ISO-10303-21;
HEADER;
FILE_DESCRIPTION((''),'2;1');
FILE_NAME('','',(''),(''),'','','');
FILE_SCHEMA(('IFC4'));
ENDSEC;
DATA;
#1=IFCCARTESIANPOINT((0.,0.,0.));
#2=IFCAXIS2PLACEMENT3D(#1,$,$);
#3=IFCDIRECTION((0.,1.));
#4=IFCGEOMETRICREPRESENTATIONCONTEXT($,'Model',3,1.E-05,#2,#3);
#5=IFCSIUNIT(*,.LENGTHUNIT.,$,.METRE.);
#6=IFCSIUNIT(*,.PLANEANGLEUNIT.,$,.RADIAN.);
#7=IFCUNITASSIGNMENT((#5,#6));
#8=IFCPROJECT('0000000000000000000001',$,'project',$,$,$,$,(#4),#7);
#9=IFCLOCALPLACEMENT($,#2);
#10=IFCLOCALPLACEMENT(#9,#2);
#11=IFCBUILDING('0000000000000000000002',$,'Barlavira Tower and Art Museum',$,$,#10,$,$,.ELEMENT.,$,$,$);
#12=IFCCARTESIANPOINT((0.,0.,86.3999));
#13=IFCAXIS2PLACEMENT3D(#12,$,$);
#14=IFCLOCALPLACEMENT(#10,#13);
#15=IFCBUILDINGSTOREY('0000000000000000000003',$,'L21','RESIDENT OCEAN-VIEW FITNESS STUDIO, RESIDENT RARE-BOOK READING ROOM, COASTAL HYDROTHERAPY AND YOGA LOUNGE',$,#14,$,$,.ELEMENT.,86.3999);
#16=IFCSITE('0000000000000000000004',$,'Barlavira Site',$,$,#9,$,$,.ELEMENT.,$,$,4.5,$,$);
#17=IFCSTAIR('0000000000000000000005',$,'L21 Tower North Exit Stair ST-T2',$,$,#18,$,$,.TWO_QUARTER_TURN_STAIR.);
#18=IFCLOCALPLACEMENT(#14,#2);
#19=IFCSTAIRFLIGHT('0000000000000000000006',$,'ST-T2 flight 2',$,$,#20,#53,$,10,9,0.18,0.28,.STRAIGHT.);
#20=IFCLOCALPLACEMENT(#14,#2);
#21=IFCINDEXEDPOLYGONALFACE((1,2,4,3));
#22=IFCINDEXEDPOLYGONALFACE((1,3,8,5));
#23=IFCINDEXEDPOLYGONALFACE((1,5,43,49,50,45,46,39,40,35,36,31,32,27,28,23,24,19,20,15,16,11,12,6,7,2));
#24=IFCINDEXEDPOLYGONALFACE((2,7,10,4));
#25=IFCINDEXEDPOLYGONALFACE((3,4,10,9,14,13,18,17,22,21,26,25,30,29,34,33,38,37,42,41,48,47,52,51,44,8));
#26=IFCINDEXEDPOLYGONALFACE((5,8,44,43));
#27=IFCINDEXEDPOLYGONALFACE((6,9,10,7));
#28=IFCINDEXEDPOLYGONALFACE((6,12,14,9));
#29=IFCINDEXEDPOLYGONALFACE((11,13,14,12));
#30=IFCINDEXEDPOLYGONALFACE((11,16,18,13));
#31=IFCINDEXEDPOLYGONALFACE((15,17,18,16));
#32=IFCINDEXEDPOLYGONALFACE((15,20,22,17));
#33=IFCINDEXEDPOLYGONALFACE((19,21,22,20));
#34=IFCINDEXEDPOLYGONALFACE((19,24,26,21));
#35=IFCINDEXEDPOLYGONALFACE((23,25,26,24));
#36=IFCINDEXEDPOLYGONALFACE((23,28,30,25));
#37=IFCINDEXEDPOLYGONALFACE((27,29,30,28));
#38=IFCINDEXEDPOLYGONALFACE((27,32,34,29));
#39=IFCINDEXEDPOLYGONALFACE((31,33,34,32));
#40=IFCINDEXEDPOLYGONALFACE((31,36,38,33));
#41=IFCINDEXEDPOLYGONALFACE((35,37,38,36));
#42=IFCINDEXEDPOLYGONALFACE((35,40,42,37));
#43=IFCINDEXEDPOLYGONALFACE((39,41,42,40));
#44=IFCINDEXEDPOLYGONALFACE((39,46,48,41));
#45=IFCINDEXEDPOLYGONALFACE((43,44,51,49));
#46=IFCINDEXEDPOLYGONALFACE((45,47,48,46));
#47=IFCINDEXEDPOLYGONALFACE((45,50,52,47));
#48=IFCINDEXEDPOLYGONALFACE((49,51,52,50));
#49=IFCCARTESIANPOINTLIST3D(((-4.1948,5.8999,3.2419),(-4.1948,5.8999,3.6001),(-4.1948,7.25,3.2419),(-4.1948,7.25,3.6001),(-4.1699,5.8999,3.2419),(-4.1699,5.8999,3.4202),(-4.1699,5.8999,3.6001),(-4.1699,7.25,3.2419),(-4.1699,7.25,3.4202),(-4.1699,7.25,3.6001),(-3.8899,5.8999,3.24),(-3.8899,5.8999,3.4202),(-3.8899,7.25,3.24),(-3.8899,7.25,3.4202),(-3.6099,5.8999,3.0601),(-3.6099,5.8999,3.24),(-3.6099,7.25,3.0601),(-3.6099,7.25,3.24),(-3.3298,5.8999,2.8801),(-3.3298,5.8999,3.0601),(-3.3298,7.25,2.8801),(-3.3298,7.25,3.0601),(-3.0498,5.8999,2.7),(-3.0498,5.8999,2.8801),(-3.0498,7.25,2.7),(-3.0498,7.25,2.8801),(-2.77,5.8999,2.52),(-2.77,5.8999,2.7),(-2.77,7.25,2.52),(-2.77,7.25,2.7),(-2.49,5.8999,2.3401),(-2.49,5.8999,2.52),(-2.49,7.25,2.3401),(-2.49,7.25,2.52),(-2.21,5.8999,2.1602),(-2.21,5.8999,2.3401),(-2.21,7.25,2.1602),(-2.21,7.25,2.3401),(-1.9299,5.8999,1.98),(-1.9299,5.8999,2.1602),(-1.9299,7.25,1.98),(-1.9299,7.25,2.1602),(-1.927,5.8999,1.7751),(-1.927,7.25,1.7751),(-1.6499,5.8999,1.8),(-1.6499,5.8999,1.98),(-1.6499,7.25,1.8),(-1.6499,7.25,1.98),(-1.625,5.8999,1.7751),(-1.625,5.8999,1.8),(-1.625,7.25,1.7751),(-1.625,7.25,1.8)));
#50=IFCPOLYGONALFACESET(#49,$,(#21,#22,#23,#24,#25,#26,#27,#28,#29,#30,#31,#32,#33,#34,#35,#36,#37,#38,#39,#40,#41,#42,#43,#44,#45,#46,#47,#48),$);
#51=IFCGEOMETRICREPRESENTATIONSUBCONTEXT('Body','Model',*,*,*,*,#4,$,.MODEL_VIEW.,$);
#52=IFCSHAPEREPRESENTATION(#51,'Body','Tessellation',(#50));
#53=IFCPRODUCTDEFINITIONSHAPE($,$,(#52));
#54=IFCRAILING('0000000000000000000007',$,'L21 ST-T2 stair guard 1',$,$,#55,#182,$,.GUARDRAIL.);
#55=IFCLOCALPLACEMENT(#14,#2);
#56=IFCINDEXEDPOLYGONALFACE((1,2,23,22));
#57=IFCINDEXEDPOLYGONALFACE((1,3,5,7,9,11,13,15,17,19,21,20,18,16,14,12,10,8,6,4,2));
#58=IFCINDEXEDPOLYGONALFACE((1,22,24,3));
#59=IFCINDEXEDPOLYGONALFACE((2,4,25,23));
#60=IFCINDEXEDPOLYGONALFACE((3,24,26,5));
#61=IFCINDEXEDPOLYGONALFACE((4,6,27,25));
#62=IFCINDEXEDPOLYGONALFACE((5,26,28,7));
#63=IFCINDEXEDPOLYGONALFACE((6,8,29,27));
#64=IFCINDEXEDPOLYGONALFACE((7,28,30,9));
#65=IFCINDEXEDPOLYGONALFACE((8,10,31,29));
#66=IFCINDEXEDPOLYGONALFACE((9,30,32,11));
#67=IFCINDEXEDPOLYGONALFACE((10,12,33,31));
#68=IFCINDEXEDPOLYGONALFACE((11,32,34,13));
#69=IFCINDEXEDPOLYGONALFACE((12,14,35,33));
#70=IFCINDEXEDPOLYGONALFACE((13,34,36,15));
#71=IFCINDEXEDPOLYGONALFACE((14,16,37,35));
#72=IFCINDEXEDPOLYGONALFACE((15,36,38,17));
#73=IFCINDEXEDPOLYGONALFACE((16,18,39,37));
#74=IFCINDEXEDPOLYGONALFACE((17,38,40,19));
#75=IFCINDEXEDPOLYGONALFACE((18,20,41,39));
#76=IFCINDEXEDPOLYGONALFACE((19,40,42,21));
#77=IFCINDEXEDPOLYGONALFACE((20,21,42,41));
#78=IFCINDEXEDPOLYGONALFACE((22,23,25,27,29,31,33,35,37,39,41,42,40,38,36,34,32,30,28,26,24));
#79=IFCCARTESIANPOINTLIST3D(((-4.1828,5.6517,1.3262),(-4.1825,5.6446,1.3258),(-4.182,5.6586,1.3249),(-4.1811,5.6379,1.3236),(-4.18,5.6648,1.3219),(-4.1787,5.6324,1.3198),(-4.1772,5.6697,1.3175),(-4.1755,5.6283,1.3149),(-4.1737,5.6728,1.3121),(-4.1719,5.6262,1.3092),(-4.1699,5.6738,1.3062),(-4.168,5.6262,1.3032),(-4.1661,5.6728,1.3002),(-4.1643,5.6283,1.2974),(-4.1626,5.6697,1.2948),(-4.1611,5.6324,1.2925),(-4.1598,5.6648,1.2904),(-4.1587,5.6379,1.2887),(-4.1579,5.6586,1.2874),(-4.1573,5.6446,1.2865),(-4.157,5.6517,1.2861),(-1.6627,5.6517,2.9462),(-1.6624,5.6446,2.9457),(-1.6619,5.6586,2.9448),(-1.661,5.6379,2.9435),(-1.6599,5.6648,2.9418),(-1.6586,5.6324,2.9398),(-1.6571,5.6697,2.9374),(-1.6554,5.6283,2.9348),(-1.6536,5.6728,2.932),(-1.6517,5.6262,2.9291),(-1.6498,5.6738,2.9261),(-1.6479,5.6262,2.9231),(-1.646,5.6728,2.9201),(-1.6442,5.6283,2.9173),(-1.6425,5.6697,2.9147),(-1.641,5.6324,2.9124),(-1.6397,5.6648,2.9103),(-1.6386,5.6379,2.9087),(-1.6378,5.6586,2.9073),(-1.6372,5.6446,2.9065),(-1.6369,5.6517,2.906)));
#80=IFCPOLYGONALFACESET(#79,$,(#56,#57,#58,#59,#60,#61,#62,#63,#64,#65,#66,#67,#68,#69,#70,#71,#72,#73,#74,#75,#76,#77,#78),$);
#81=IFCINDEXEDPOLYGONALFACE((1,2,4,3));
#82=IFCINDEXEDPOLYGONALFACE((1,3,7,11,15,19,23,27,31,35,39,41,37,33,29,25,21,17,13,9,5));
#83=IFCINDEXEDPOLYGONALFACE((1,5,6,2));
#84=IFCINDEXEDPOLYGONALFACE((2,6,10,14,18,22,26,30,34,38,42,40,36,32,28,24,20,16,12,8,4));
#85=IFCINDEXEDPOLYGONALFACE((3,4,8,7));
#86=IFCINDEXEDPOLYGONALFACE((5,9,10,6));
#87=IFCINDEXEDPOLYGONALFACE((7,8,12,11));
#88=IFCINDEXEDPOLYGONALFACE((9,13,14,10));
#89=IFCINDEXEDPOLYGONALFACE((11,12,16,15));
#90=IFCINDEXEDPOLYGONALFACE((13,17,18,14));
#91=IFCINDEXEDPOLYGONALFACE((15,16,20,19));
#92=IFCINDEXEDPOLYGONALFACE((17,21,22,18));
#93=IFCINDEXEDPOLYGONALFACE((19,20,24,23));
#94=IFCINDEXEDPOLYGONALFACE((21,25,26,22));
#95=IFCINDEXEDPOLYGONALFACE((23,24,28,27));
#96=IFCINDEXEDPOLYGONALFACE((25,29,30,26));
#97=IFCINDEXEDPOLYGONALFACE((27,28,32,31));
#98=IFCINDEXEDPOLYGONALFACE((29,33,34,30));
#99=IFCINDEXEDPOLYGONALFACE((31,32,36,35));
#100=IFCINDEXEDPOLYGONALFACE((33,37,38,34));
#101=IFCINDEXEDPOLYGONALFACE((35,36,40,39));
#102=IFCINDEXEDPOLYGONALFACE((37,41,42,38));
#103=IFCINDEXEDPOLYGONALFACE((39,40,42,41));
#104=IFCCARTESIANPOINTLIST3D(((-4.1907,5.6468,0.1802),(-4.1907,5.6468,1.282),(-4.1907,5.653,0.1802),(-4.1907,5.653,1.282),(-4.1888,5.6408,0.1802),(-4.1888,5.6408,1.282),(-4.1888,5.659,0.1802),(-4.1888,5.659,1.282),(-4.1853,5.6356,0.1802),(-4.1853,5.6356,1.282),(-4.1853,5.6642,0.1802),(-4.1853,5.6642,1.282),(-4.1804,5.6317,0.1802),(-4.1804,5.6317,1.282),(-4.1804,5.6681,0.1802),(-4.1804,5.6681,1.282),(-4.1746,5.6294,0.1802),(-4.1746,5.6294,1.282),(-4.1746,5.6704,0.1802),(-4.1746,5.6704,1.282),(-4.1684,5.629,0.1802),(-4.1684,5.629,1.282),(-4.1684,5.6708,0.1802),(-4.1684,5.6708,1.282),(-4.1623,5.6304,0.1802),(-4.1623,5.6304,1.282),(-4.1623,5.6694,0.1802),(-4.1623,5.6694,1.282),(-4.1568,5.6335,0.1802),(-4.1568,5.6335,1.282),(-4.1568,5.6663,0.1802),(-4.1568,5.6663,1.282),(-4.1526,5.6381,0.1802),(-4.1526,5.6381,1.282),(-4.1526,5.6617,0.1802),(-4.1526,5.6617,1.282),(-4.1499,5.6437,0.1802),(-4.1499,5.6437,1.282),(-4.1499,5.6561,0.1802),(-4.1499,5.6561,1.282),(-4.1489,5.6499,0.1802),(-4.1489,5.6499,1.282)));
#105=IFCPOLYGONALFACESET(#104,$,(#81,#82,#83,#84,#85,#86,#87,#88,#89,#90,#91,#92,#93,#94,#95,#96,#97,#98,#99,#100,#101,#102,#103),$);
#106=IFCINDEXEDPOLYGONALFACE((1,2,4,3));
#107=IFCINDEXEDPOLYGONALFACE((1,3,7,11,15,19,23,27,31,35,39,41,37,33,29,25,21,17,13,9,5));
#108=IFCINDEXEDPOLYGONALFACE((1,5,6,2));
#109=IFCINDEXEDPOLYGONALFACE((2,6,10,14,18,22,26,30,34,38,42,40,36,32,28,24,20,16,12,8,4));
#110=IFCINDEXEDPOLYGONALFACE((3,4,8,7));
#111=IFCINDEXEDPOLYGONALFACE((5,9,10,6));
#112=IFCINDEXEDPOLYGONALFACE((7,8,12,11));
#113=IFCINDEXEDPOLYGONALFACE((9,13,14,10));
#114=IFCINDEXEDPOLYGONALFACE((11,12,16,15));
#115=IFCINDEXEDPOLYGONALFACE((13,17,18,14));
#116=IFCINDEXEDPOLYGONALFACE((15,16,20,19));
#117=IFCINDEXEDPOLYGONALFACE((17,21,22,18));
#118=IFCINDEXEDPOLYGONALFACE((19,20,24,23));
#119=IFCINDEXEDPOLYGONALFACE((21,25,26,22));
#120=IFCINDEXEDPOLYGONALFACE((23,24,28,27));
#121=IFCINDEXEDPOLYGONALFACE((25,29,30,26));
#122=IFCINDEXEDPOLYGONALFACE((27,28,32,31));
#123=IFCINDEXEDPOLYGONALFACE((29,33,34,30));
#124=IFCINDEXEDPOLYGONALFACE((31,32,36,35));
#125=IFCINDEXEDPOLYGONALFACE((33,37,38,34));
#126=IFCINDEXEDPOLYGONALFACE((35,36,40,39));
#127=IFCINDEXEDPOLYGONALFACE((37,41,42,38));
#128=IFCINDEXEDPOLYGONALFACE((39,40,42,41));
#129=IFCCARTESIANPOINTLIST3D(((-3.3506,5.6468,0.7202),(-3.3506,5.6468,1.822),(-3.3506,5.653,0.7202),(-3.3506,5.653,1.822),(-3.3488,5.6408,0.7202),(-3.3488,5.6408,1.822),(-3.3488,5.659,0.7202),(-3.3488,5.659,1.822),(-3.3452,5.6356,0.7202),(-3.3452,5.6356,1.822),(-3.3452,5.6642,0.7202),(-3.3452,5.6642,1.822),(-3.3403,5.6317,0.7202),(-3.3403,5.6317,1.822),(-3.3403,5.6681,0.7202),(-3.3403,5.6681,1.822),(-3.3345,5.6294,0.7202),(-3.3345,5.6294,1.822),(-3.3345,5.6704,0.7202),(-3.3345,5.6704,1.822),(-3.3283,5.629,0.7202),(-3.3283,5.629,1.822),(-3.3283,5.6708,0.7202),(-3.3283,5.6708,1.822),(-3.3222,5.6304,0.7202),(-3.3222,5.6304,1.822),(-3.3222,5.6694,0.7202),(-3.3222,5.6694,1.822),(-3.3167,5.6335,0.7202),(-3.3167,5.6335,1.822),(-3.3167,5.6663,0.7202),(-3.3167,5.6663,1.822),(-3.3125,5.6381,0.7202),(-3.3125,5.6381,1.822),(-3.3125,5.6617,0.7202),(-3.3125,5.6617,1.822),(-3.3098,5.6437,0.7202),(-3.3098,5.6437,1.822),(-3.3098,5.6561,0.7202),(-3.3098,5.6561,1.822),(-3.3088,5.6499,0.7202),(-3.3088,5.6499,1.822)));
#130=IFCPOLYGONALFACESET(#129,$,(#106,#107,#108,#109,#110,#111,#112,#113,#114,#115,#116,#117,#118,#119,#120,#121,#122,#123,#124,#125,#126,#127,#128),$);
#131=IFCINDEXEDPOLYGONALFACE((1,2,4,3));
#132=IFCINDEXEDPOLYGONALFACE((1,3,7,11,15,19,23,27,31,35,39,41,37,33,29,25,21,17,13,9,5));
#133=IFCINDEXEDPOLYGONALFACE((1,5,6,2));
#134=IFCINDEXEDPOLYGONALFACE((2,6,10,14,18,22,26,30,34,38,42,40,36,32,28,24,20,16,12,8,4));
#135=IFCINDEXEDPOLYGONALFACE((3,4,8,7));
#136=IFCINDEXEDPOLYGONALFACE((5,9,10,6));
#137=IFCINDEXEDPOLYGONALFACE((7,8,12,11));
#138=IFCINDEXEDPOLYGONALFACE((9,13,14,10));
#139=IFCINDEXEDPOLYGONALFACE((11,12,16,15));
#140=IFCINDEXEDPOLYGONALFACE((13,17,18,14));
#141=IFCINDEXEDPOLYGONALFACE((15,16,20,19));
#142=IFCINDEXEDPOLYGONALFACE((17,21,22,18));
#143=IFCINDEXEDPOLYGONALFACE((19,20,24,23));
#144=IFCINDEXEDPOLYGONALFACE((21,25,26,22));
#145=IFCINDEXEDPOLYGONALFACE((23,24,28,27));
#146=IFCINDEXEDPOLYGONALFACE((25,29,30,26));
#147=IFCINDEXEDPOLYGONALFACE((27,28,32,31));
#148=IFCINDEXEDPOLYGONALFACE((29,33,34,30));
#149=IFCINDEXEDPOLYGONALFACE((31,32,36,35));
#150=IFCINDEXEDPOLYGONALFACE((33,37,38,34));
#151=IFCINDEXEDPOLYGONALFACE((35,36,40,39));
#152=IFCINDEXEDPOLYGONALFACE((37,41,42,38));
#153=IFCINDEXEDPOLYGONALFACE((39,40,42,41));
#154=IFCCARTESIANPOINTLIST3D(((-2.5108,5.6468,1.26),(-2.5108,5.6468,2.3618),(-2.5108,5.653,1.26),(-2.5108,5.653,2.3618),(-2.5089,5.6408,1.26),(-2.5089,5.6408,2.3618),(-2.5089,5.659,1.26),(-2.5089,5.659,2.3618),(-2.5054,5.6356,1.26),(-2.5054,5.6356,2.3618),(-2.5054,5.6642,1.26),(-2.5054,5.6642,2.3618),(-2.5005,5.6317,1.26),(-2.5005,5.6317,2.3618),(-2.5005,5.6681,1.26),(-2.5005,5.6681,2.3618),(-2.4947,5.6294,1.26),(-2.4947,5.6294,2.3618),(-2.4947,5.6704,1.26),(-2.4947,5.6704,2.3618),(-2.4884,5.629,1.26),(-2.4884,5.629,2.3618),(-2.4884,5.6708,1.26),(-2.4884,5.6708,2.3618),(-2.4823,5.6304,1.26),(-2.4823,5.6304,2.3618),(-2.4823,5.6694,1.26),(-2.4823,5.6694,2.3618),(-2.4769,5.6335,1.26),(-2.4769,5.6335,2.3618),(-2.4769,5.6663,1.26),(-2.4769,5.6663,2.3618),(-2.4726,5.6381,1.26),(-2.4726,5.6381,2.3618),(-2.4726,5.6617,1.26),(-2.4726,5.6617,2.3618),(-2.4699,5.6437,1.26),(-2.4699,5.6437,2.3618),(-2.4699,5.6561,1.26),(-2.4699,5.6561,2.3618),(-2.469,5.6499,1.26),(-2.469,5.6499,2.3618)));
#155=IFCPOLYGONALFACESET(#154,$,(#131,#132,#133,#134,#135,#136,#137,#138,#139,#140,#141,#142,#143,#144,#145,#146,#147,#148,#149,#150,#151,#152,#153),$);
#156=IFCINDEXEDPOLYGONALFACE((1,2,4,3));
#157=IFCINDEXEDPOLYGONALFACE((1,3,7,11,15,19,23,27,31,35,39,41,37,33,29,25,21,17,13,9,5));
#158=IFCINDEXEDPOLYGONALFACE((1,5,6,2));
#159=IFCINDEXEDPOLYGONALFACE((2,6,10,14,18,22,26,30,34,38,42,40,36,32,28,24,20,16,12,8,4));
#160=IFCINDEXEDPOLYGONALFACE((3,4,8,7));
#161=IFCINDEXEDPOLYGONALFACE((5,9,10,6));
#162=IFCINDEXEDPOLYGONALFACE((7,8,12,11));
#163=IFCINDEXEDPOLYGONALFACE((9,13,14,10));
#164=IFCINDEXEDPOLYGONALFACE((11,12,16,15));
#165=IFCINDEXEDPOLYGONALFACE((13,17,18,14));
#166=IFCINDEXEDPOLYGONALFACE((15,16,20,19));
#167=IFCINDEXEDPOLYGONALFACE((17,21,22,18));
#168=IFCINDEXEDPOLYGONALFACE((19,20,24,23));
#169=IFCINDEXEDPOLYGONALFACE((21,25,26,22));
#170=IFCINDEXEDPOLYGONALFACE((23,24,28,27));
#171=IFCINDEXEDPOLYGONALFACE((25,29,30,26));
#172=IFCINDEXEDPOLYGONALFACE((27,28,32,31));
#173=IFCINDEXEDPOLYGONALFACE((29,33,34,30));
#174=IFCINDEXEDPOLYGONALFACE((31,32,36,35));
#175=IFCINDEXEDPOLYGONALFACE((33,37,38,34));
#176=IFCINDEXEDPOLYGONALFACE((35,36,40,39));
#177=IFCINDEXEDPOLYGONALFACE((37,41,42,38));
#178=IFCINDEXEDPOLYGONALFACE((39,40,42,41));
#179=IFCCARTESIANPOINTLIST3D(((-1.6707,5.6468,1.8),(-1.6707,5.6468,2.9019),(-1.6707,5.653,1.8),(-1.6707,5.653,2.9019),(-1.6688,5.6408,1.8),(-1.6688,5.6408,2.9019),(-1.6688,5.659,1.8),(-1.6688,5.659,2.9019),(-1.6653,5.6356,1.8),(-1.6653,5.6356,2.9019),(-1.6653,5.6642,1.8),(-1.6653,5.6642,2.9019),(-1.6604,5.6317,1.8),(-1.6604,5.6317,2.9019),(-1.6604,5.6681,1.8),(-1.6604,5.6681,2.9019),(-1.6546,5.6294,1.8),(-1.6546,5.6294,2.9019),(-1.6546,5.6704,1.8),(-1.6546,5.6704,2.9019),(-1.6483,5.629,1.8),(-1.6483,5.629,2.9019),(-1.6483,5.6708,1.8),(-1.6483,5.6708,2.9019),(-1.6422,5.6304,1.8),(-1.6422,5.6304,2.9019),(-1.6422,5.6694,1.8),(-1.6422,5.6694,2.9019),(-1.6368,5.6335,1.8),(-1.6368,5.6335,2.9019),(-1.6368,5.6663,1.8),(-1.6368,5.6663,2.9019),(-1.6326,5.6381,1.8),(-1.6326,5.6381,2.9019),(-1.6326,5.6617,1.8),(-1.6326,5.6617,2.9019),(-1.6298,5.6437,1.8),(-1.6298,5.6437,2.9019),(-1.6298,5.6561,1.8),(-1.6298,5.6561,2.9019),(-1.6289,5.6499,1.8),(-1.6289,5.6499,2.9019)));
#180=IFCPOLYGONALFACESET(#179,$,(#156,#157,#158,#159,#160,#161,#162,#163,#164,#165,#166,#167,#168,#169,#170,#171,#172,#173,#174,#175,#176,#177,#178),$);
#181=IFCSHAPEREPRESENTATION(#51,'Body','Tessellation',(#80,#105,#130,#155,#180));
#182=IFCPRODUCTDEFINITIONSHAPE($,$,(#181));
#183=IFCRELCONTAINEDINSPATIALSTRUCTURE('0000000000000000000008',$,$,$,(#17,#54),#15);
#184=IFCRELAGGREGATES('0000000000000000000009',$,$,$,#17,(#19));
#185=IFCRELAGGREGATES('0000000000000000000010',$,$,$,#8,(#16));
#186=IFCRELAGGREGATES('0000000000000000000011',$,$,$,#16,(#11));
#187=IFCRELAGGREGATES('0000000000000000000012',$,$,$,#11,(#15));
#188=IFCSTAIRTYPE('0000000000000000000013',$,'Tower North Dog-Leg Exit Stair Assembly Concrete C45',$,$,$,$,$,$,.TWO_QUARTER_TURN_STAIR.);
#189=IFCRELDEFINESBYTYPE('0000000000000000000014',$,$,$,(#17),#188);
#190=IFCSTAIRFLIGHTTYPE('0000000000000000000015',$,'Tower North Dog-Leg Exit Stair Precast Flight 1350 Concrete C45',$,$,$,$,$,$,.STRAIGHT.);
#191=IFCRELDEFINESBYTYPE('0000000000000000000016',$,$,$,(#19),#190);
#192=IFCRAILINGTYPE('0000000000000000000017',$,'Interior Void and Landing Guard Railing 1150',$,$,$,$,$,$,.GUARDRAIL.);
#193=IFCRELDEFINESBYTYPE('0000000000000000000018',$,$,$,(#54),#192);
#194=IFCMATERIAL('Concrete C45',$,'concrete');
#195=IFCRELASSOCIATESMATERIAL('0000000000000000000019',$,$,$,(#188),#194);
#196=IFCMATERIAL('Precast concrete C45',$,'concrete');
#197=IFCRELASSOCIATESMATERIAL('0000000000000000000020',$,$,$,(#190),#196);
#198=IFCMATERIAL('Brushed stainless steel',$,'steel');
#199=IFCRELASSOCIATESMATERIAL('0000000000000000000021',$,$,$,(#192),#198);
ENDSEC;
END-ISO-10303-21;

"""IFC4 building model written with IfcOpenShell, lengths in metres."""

from ifc_helpers import new_model, si_unit, direction, frame, origin, origin_2d, place, context, subcontext, project, spatial, polyline, circle, outline, extrude, material, type_object, element, aggregate, save


model = new_model("IFC4")

# Units and contexts
model_context = context("Model", 3, precision=1e-05, world=origin(), true_north=direction((0.0, 1.0)))
body_context = subcontext(model_context, "Body", "Model", "MODEL_VIEW")
ifc_project = project(units=[si_unit("LENGTHUNIT", "METRE"), si_unit("PLANEANGLEUNIT", "RADIAN")], contexts=[model_context])

# Site, building, storey
site_placement = place(None, origin())
site = spatial("IfcSite", under=ifc_project, at=site_placement, Name="Barlavira Site", CompositionType="ELEMENT", RefElevation=4.5)
building_placement = place(site_placement, origin())
building = spatial("IfcBuilding", under=site, at=building_placement, Name="Barlavira Tower and Art Museum", CompositionType="ELEMENT")
storey_placement = place(building_placement, frame((0.0, 0.0, 86.3999)))
storey = spatial("IfcBuildingStorey", under=building, at=storey_placement, Name="L21", Description="RESIDENT OCEAN-VIEW FITNESS STUDIO, RESIDENT RARE-BOOK READING ROOM, COASTAL HYDROTHERAPY AND YOGA LOUNGE", CompositionType="ELEMENT", Elevation=86.3999)

# Shared definitions
ifc_material_1 = material(Name="Brushed stainless steel", Category="steel")

# Stair, stair flight
ifc_material_2 = material(Name="Concrete C45", Category="concrete")
stair_type = type_object("IfcStairType", Name="Tower North Dog-Leg Exit Stair Assembly Concrete C45", PredefinedType="TWO_QUARTER_TURN_STAIR", material=ifc_material_2)
stair_placement = place(storey_placement, origin())
stair = element("IfcStair", 1, at=stair_placement, inside=storey, type_object=stair_type, Name="L21 Tower North Exit Stair ST-T2", PredefinedType="TWO_QUARTER_TURN_STAIR")
ifc_material_3 = material(Name="Precast concrete C45", Category="concrete")
stair_flight_type = type_object("IfcStairFlightType", Name="Tower North Dog-Leg Exit Stair Precast Flight 1350 Concrete C45", PredefinedType="STRAIGHT", material=ifc_material_3)
stair_flight_1_placement = place(storey_placement, frame((-1.6499, 6.575, 1.8), z_axis=(0.0, 0.0, 1.0), x_axis=(-1.0, 0.0, 0.0)))
stair_flight_1 = element("IfcStairFlight", 2, at=stair_flight_1_placement, type_object=stair_flight_type, Name="ST-T2 flight 2", NumberOfRisers=10, NumberOfTreads=9, PredefinedType="STRAIGHT", RiserHeight=0.18, TreadLength=0.28, context=body_context, shape_type="SweptSolid", body=[
    extrude(outline(polyline([(-0.0249, 0.0), (0.0, 0.0), (0.0, 0.1799), (0.28, 0.1799), (0.28, 0.3601), (0.5601, 0.3601), (0.5601, 0.54), (0.8401, 0.54), (0.8401, 0.72), (1.1201, 0.72), (1.1201, 0.8999), (1.3999, 0.8999), (1.3999, 1.0801), (1.6799, 1.0801), (1.6799, 1.26), (1.96, 1.26), (1.96, 1.4399), (2.24, 1.4399), (2.24, 1.6201), (2.52, 1.6201), (2.52, 1.8), (2.5449, 1.8), (2.5449, 1.4419), (2.52, 1.4419), (0.2771, -0.0249), (-0.0249, -0.0249), (-0.0249, 0.0)])), frame((0.0, 0.675, 0.0), z_axis=(0.0, -1.0, 0.0), x_axis=(1.0, 0.0, 0.0)), (0.0, 0.0, 1.0), 1.3501),
])
aggregate(stair, [stair_flight_1])

# Railing
railing_type_1 = type_object("IfcRailingType", Name="Interior Void and Landing Guard Railing 1150", PredefinedType="GUARDRAIL", material=ifc_material_1)
railing_1_placement = place(storey_placement, frame((-4.1699, 5.6499, 0.1802)))
element("IfcRailing", 3, at=railing_1_placement, inside=storey, type_object=railing_type_1, Name="L21 ST-T2 stair guard 1", PredefinedType="GUARDRAIL", context=body_context, shape_type="SweptSolid", body=[
    extrude(circle(Radius=0.0239, at=origin_2d()), frame((0.0, 0.0, 1.126), z_axis=(0.8412, 0.0, 0.540725), x_axis=(0.0, 1.0, 0.0)), (0.0, 0.0, 1.0), 2.9958),
    extrude(circle(Radius=0.021, at=origin_2d()), origin(), (0.0, 0.0, 1.0), 1.1018),
    extrude(circle(Radius=0.021, at=origin_2d()), frame((0.8401, 0.0, 0.54)), (0.0, 0.0, 1.0), 1.1018),
    extrude(circle(Radius=0.021, at=origin_2d()), frame((1.6799, 0.0, 1.0798)), (0.0, 0.0, 1.0), 1.1018),
    extrude(circle(Radius=0.021, at=origin_2d()), frame((2.52, 0.0, 1.6199)), (0.0, 0.0, 1.0), 1.1018),
])

save(model, "model.ifc")
